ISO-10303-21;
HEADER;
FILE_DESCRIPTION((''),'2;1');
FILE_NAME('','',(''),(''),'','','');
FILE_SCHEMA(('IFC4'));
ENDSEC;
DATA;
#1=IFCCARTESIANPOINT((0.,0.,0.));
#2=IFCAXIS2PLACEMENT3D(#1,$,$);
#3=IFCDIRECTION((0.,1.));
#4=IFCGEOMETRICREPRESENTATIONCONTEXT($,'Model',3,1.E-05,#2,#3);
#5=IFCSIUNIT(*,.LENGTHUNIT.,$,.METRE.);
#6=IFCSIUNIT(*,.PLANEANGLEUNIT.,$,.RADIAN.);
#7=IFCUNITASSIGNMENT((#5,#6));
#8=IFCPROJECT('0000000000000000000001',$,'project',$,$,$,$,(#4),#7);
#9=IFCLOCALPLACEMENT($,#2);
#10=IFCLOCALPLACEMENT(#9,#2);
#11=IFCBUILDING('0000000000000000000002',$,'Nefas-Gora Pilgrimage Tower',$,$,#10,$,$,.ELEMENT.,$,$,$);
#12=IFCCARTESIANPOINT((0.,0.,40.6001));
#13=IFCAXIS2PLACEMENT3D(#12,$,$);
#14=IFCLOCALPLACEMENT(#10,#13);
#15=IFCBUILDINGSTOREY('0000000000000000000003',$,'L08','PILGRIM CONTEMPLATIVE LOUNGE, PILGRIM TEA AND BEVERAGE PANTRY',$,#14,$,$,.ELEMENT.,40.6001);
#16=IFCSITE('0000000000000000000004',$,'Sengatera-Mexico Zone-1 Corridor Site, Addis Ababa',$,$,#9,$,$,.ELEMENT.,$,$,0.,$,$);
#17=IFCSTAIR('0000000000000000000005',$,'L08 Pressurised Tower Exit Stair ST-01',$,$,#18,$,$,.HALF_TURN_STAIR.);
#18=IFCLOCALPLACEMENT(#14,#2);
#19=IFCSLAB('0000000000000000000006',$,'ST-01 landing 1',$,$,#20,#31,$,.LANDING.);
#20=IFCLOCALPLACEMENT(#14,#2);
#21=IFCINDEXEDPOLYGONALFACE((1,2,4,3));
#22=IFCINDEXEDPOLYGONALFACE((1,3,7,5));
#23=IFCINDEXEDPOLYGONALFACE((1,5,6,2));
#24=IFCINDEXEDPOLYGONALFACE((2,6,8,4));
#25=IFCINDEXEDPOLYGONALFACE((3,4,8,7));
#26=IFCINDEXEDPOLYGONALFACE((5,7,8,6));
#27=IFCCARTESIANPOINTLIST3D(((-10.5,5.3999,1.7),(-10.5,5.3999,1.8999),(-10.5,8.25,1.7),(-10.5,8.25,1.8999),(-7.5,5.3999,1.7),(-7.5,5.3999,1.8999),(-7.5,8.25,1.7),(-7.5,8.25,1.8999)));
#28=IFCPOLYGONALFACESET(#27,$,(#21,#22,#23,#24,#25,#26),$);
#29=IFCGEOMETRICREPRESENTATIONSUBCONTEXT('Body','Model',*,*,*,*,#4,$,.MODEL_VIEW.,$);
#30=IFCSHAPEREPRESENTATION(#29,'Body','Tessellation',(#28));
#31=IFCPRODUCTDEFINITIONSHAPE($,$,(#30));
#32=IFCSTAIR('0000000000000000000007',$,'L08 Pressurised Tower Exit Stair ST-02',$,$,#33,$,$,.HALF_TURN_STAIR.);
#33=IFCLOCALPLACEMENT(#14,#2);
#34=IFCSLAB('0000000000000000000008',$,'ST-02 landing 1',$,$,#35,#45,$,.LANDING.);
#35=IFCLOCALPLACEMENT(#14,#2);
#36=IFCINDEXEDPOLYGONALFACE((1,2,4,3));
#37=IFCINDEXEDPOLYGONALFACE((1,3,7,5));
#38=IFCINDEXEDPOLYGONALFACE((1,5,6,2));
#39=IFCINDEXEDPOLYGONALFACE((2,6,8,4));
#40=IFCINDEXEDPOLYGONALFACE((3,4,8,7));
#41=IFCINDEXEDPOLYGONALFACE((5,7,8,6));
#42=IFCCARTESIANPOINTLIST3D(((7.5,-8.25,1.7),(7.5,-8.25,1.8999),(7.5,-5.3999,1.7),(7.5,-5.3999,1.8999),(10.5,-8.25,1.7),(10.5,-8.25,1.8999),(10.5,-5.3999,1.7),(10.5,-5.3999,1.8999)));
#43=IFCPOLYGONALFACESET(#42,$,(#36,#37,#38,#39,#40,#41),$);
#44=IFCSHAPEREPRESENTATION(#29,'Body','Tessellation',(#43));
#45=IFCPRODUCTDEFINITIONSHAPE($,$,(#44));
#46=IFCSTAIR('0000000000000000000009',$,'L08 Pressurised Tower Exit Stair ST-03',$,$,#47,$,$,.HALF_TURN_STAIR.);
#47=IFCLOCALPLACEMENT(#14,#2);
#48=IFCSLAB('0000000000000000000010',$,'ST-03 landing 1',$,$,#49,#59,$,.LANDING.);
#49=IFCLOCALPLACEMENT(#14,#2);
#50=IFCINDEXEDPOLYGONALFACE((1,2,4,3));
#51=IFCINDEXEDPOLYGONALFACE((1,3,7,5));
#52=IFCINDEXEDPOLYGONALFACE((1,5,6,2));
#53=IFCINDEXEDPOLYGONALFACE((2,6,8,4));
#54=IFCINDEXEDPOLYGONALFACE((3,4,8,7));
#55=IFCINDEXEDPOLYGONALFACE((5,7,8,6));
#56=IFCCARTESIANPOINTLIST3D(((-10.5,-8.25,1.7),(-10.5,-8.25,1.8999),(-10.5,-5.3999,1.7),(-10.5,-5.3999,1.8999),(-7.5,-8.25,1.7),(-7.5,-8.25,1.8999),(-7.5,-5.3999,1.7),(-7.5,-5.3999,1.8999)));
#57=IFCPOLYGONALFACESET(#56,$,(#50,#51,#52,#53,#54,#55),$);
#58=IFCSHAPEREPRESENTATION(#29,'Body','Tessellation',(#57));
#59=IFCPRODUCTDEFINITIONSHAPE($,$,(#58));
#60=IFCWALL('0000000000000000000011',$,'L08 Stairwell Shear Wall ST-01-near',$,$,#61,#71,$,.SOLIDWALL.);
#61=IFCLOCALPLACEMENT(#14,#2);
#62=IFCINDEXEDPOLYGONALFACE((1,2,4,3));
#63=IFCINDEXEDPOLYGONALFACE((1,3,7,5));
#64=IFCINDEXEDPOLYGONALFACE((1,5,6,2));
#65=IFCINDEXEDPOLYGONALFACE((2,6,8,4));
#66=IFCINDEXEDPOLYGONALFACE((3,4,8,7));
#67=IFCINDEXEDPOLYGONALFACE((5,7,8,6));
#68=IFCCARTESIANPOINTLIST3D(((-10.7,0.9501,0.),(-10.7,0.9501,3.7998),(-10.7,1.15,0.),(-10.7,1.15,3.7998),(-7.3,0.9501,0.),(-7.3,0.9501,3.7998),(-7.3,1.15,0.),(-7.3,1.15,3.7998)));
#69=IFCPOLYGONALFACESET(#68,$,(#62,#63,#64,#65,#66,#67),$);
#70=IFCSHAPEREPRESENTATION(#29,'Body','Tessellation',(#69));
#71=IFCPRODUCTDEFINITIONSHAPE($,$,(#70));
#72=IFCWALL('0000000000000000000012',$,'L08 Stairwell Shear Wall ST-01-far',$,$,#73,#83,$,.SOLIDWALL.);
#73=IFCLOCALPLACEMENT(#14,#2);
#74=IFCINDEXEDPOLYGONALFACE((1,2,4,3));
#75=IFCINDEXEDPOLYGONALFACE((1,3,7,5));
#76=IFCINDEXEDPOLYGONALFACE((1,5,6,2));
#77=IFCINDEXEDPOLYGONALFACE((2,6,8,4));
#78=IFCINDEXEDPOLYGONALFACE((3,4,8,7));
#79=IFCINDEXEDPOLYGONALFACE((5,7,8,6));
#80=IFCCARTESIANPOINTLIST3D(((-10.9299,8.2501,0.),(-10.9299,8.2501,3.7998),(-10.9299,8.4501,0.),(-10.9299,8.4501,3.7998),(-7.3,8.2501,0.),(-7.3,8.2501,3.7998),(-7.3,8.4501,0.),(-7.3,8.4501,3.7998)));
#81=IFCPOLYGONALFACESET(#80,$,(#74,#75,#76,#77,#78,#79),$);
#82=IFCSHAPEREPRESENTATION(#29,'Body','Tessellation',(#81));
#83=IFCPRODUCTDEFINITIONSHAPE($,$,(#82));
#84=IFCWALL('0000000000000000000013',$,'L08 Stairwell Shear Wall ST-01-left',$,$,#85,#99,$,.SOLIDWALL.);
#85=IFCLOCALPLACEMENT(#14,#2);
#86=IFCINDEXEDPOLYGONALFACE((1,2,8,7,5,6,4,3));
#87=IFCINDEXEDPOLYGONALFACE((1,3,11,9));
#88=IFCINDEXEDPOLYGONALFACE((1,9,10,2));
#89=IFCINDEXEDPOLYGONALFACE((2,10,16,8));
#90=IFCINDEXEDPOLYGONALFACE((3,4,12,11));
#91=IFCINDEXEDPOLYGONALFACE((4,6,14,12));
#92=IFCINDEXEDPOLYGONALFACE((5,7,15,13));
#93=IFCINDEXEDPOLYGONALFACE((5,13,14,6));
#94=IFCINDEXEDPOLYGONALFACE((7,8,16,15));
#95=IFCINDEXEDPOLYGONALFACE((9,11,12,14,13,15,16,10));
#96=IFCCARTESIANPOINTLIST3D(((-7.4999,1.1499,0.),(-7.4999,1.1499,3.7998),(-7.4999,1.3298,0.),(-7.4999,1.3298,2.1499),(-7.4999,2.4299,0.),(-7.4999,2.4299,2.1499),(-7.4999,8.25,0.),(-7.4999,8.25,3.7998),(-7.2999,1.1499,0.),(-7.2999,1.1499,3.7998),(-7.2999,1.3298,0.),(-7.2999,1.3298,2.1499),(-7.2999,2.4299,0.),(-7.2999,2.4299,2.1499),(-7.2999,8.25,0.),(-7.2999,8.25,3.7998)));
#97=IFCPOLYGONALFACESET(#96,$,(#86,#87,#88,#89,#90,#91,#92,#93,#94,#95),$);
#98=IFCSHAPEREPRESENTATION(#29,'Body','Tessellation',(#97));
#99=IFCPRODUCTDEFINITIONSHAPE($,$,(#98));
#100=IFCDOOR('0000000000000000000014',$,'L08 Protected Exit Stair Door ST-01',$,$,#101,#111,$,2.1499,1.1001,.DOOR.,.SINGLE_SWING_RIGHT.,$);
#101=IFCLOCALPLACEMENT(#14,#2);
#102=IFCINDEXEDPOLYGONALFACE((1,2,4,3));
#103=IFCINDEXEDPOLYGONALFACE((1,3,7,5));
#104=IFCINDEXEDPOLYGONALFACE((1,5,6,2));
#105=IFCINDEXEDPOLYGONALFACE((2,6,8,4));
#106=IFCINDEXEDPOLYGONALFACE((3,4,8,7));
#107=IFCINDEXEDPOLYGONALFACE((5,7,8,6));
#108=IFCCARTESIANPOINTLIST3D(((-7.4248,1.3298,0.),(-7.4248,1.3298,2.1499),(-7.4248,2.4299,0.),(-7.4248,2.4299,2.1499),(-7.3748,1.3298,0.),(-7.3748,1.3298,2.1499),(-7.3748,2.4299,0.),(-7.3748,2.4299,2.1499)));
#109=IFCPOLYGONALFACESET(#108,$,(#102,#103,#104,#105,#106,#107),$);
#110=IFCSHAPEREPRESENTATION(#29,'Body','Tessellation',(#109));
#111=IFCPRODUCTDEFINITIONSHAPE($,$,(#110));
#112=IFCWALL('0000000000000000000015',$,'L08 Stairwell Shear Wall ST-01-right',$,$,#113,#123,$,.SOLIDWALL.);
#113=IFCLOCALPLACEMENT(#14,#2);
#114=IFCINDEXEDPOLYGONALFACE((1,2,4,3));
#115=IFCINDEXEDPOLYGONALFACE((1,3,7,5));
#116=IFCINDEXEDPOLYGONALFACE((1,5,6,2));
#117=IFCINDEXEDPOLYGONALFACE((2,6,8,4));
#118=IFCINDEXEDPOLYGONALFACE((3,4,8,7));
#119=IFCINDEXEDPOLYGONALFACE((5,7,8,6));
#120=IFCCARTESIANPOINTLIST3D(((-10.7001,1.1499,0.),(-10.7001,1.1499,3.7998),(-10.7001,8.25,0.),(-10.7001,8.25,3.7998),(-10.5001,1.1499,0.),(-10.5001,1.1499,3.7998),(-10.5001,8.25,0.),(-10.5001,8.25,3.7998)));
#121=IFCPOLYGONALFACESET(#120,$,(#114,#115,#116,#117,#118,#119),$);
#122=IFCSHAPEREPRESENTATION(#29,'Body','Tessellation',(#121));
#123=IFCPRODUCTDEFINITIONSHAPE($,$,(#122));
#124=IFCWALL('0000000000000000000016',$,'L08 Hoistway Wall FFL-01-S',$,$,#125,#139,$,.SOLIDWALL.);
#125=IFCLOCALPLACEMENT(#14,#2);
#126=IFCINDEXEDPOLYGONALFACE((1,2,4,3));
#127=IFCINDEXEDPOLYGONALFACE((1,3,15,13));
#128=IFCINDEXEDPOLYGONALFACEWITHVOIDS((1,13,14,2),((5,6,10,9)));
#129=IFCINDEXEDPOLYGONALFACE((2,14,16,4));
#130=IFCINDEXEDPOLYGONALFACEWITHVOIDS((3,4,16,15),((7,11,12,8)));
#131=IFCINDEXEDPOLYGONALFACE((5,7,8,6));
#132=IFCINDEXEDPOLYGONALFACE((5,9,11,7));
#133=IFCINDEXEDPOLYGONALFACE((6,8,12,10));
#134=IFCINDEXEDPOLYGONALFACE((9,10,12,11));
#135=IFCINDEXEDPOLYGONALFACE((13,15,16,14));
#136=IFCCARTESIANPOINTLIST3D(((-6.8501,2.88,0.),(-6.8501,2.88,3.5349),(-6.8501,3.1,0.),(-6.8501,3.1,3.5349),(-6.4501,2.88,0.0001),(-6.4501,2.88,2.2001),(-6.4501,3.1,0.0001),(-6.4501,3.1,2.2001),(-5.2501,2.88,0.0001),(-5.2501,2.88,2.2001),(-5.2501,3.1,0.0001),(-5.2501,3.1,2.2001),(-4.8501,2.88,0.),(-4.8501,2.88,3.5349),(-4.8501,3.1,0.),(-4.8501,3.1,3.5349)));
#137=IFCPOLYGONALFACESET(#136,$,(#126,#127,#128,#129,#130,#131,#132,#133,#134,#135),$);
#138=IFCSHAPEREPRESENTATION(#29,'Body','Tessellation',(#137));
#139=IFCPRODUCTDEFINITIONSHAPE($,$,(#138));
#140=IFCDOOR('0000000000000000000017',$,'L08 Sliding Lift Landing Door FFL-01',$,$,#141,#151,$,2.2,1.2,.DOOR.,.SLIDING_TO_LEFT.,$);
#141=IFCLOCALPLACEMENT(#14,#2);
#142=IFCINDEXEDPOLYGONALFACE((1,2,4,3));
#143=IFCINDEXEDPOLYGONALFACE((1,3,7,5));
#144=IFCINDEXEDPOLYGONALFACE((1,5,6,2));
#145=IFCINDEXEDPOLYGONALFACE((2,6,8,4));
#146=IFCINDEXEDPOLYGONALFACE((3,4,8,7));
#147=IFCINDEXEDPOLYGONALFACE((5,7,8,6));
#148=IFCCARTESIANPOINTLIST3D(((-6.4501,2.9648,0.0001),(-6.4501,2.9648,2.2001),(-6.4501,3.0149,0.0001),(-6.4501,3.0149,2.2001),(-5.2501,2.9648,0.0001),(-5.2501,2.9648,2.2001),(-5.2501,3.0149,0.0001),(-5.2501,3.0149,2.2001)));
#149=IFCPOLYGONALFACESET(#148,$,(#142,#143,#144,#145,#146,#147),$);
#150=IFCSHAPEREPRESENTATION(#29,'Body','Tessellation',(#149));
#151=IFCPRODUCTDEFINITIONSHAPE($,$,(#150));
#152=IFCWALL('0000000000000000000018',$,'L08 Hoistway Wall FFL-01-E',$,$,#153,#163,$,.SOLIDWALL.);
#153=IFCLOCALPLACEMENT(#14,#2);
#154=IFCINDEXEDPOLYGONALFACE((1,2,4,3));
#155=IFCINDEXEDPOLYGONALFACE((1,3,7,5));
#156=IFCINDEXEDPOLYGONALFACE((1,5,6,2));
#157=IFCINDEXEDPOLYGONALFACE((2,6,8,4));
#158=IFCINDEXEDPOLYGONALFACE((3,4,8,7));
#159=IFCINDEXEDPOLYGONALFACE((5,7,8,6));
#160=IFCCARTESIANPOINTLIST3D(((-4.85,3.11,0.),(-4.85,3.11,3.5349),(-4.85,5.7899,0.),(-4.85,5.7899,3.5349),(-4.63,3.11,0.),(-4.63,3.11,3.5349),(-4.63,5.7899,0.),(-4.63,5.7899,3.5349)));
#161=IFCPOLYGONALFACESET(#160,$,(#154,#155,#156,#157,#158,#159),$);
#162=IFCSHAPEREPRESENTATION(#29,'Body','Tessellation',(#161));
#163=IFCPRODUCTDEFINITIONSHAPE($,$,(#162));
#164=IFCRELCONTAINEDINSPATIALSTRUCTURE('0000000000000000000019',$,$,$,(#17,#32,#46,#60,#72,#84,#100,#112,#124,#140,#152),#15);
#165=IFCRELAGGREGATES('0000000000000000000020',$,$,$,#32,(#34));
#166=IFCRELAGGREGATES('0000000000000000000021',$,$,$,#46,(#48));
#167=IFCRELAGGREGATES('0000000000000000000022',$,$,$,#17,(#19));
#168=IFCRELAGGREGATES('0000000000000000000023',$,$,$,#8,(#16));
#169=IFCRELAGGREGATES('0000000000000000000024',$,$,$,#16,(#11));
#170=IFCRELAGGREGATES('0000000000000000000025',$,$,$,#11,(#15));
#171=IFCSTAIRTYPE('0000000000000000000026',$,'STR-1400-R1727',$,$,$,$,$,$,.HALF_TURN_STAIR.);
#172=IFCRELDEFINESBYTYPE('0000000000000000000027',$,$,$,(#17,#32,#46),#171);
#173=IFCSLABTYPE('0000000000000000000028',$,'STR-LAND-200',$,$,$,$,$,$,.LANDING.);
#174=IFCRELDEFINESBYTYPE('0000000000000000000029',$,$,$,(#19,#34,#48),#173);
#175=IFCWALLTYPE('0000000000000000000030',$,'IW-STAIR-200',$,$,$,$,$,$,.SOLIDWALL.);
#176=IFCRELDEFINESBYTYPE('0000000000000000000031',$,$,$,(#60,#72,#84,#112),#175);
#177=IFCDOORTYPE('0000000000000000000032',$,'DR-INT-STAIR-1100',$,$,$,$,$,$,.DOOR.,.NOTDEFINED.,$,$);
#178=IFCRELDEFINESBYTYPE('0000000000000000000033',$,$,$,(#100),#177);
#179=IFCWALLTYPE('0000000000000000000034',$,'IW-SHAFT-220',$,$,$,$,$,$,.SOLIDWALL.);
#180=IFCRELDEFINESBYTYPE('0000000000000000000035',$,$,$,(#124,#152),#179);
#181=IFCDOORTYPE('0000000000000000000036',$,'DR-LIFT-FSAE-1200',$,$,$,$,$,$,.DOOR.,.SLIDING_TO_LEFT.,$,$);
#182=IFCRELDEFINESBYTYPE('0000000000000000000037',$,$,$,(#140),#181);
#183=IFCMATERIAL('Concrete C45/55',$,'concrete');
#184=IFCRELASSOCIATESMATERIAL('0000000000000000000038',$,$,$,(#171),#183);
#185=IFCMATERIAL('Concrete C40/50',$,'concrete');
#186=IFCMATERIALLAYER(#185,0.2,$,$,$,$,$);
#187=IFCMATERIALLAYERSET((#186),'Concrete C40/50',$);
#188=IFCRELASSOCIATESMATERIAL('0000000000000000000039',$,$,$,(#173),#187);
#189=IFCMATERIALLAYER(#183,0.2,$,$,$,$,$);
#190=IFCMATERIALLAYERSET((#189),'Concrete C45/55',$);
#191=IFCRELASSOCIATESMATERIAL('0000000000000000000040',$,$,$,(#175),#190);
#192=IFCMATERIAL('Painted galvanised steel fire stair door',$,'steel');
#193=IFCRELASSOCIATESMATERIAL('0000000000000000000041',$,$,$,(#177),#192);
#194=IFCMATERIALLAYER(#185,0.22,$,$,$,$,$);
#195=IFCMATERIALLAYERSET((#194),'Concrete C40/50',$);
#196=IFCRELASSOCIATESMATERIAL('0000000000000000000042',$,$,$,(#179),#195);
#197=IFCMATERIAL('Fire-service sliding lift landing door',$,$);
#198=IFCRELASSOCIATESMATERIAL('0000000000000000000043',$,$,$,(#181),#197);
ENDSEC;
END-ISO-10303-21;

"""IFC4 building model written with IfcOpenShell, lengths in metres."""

from ifc_helpers import new_model, si_unit, direction, frame, frame_2d, origin, place, context, subcontext, project, spatial, polyline, rectangle, outline, extrude, source, transform, mapped, material, layer, layer_set, type_object, element, fill, aggregate, save


model = new_model("IFC4")

# Units and contexts
model_context = context("Model", 3, precision=1e-05, world=origin(), true_north=direction((0.0, 1.0)))
body_context = subcontext(model_context, "Body", "Model", "MODEL_VIEW")
ifc_project = project(units=[si_unit("LENGTHUNIT", "METRE"), si_unit("PLANEANGLEUNIT", "RADIAN")], contexts=[model_context])

# Site, building, storey
site_placement = place(None, origin())
site = spatial("IfcSite", under=ifc_project, at=site_placement, Name="Sengatera-Mexico Zone-1 Corridor Site, Addis Ababa", CompositionType="ELEMENT", RefElevation=0.0)
building_placement = place(site_placement, origin())
building = spatial("IfcBuilding", under=site, at=building_placement, Name="Nefas-Gora Pilgrimage Tower", CompositionType="ELEMENT")
storey_placement = place(building_placement, frame((0.0, 0.0, 40.6001)))
storey = spatial("IfcBuildingStorey", under=building, at=storey_placement, Name="L08", Description="PILGRIM CONTEMPLATIVE LOUNGE, PILGRIM TEA AND BEVERAGE PANTRY", CompositionType="ELEMENT", Elevation=40.6001)

# Shared definitions
ifc_material_1 = material(Name="Concrete C40/50", Category="concrete")

# Stairs, slabs
ifc_material_2 = material(Name="Concrete C45/55", Category="concrete")
stair_type = type_object("IfcStairType", Name="STR-1400-R1727", PredefinedType="HALF_TURN_STAIR", material=ifc_material_2)
stair_1_placement = place(storey_placement, origin())
stair_1 = element("IfcStair", 1, at=stair_1_placement, inside=storey, type_object=stair_type, Name="L08 Pressurised Tower Exit Stair ST-01", PredefinedType="HALF_TURN_STAIR")
ifc_layer_1 = layer(ifc_material_1, 0.2)
ifc_layer_set_1 = layer_set([ifc_layer_1], Name="Concrete C40/50")
slab_type_1 = type_object("IfcSlabType", Name="STR-LAND-200", PredefinedType="LANDING", material=ifc_layer_set_1)
slab_1_placement = place(storey_placement, frame((0.0, 0.0, 1.7)))
slab_1 = element("IfcSlab", 2, at=slab_1_placement, type_object=slab_type_1, Name="ST-01 landing 1", PredefinedType="LANDING", context=body_context, shape_type="SweptSolid", body=[
    extrude(outline(polyline([(-7.5, 5.3999), (-7.5, 8.25), (-10.5, 8.25), (-10.5, 5.3999), (-7.5, 5.3999)])), origin(), (0.0, 0.0, 1.0), 0.2),
])
stair_2_placement = place(storey_placement, origin())
stair_2 = element("IfcStair", 3, at=stair_2_placement, inside=storey, type_object=stair_type, Name="L08 Pressurised Tower Exit Stair ST-02", PredefinedType="HALF_TURN_STAIR")
slab_2_placement = place(storey_placement, frame((0.0, 0.0, 1.7)))
slab_2 = element("IfcSlab", 4, at=slab_2_placement, type_object=slab_type_1, Name="ST-02 landing 1", PredefinedType="LANDING", context=body_context, shape_type="SweptSolid", body=[
    extrude(outline(polyline([(7.5, -5.3999), (7.5, -8.25), (10.5, -8.25), (10.5, -5.3999), (7.5, -5.3999)])), origin(), (0.0, 0.0, 1.0), 0.2),
])
aggregate(stair_2, [slab_2])
stair_3_placement = place(storey_placement, origin())
stair_3 = element("IfcStair", 5, at=stair_3_placement, inside=storey, type_object=stair_type, Name="L08 Pressurised Tower Exit Stair ST-03", PredefinedType="HALF_TURN_STAIR")
slab_3_placement = place(storey_placement, frame((0.0, 0.0, 1.7)))
slab_3 = element("IfcSlab", 6, at=slab_3_placement, type_object=slab_type_1, Name="ST-03 landing 1", PredefinedType="LANDING", context=body_context, shape_type="SweptSolid", body=[
    extrude(outline(polyline([(-10.5, -5.3999), (-10.5, -8.25), (-7.5, -8.25), (-7.5, -5.3999), (-10.5, -5.3999)])), origin(), (0.0, 0.0, 1.0), 0.2),
])
aggregate(stair_3, [slab_3])

# Walls
ifc_layer_2 = layer(ifc_material_2, 0.2)
ifc_layer_set_2 = layer_set([ifc_layer_2], Name="Concrete C45/55")
wall_type_1 = type_object("IfcWallType", Name="IW-STAIR-200", PredefinedType="SOLIDWALL", material=ifc_layer_set_2)
shared_shape_1 = source(origin(), body_context, "Body", "SweptSolid", [
    extrude(rectangle(XDim=3.3999, YDim=0.2, at=frame_2d((1.7, 0.0))), origin(), (0.0, 0.0, 1.0), 3.7998),
])
wall_1_placement = place(storey_placement, frame((-7.3, 1.05, 0.0), z_axis=(0.0, 0.0, 1.0), x_axis=(-1.0, 0.0, 0.0)))
element("IfcWall", 7, at=wall_1_placement, inside=storey, type_object=wall_type_1, Name="L08 Stairwell Shear Wall ST-01-near", PredefinedType="SOLIDWALL", context=body_context, shape_type="MappedRepresentation", body=[
    mapped(shared_shape_1, transform((0.0, 0.0, 0.0), x_axis=(1.0, 0.0, 0.0), y_axis=(0.0, 1.0, 0.0), z_axis=(0.0, 0.0, 1.0), scale=1.0)),
])
shared_shape_2 = source(origin(), body_context, "Body", "SweptSolid", [
    extrude(rectangle(XDim=3.6299, YDim=0.2, at=frame_2d((1.8149, 0.0))), origin(), (0.0, 0.0, 1.0), 3.7998),
])
wall_2_placement = place(storey_placement, frame((-7.3, 8.3501, 0.0), z_axis=(0.0, 0.0, 1.0), x_axis=(-1.0, 0.0, 0.0)))
element("IfcWall", 8, at=wall_2_placement, inside=storey, type_object=wall_type_1, Name="L08 Stairwell Shear Wall ST-01-far", PredefinedType="SOLIDWALL", context=body_context, shape_type="MappedRepresentation", body=[
    mapped(shared_shape_2, transform((0.0, 0.0, 0.0), x_axis=(1.0, 0.0, 0.0), y_axis=(0.0, 1.0, 0.0), z_axis=(0.0, 0.0, 1.0), scale=1.0)),
])

# Wall, opening, door
shared_shape_3 = source(origin(), body_context, "Body", "SweptSolid", [
    extrude(rectangle(XDim=7.1001, YDim=0.2, at=frame_2d((3.55, 0.0))), origin(), (0.0, 0.0, 1.0), 3.7998),
])
wall_3_placement = place(storey_placement, frame((-7.3999, 1.1499, 0.0), z_axis=(0.0, 0.0, 1.0), x_axis=(0.0, 1.0, 0.0)))
wall_3 = element("IfcWall", 9, at=wall_3_placement, inside=storey, type_object=wall_type_1, Name="L08 Stairwell Shear Wall ST-01-left", PredefinedType="SOLIDWALL", context=body_context, shape_type="MappedRepresentation", body=[
    mapped(shared_shape_3, transform((0.0, 0.0, 0.0), x_axis=(1.0, 0.0, 0.0), y_axis=(0.0, 1.0, 0.0), z_axis=(0.0, 0.0, 1.0), scale=1.0)),
])
opening_1_placement = place(wall_3_placement, frame((0.1799, 0.0, 0.0)))
opening_1 = element("IfcOpeningElement", 10, at=opening_1_placement, cuts=wall_3, PredefinedType="OPENING", context=body_context, shape_type="SweptSolid", body=[
    extrude(rectangle(XDim=1.1001, YDim=2.1499, at=frame_2d((0.55, 1.075))), frame((0.0, 0.1099, 0.0), z_axis=(0.0, -1.0, 0.0), x_axis=(1.0, 0.0, 0.0)), (0.0, 0.0, 1.0), 0.22),
])
ifc_material_3 = material(Name="Painted galvanised steel fire stair door", Category="steel")
door_type_1 = type_object("IfcDoorType", Name="DR-INT-STAIR-1100", OperationType="NOTDEFINED", PredefinedType="DOOR", material=ifc_material_3)
shared_shape_4 = source(origin(), body_context, "Body", "SweptSolid", [
    extrude(rectangle(XDim=1.1001, YDim=2.1499, at=frame_2d((0.55, 1.075))), frame((0.0, 0.0249, 0.0), z_axis=(0.0, -1.0, 0.0), x_axis=(1.0, 0.0, 0.0)), (0.0, 0.0, 1.0), 0.05),
])
door_1_placement = place(opening_1_placement, origin())
door_1 = element("IfcDoor", 11, at=door_1_placement, inside=storey, type_object=door_type_1, Name="L08 Protected Exit Stair Door ST-01", OperationType="SINGLE_SWING_RIGHT", OverallHeight=2.1499, OverallWidth=1.1001, PredefinedType="DOOR", context=body_context, shape_type="MappedRepresentation", body=[
    mapped(shared_shape_4, transform((0.0, 0.0, 0.0), x_axis=(1.0, 0.0, 0.0), y_axis=(0.0, 1.0, 0.0), z_axis=(0.0, 0.0, 1.0), scale=1.0)),
])
fill(opening_1, door_1)

# Wall
wall_4_placement = place(storey_placement, frame((-10.6001, 1.1499, 0.0), z_axis=(0.0, 0.0, 1.0), x_axis=(0.0, 1.0, 0.0)))
element("IfcWall", 12, at=wall_4_placement, inside=storey, type_object=wall_type_1, Name="L08 Stairwell Shear Wall ST-01-right", PredefinedType="SOLIDWALL", context=body_context, shape_type="MappedRepresentation", body=[
    mapped(shared_shape_3, transform((0.0, 0.0, 0.0), x_axis=(1.0, 0.0, 0.0), y_axis=(0.0, 1.0, 0.0), z_axis=(0.0, 0.0, 1.0), scale=1.0)),
])

# Wall, opening, door
ifc_layer_3 = layer(ifc_material_1, 0.22)
ifc_layer_set_3 = layer_set([ifc_layer_3], Name="Concrete C40/50")
wall_type_2 = type_object("IfcWallType", Name="IW-SHAFT-220", PredefinedType="SOLIDWALL", material=ifc_layer_set_3)
shared_shape_5 = source(origin(), body_context, "Body", "SweptSolid", [
    extrude(rectangle(XDim=2.0, YDim=0.22, at=frame_2d((1.0, 0.0))), origin(), (0.0, 0.0, 1.0), 3.5349),
])
wall_5_placement = place(storey_placement, frame((-6.8501, 2.99, 0.0), z_axis=(0.0, 0.0, 1.0), x_axis=(1.0, 0.0, 0.0)))
wall_5 = element("IfcWall", 13, at=wall_5_placement, inside=storey, type_object=wall_type_2, Name="L08 Hoistway Wall FFL-01-S", PredefinedType="SOLIDWALL", context=body_context, shape_type="MappedRepresentation", body=[
    mapped(shared_shape_5, transform((0.0, 0.0, 0.0), x_axis=(1.0, 0.0, 0.0), y_axis=(0.0, 1.0, 0.0), z_axis=(0.0, 0.0, 1.0), scale=1.0)),
])
opening_2_placement = place(wall_5_placement, frame((0.3999, 0.0, 0.0)))
opening_2 = element("IfcOpeningElement", 14, at=opening_2_placement, cuts=wall_5, PredefinedType="OPENING", context=body_context, shape_type="SweptSolid", body=[
    extrude(rectangle(XDim=1.2, YDim=2.2, at=frame_2d((0.6001, 1.1001))), frame((0.0, 0.1199, 0.0), z_axis=(0.0, -1.0, 0.0), x_axis=(1.0, 0.0, 0.0)), (0.0, 0.0, 1.0), 0.24),
])
ifc_material_4 = material(Name="Fire-service sliding lift landing door")
door_type_2 = type_object("IfcDoorType", Name="DR-LIFT-FSAE-1200", OperationType="SLIDING_TO_LEFT", PredefinedType="DOOR", material=ifc_material_4)
shared_shape_6 = source(origin(), body_context, "Body", "SweptSolid", [
    extrude(rectangle(XDim=1.2, YDim=2.2, at=frame_2d((0.6001, 1.1001))), frame((0.0, 0.0249, 0.0), z_axis=(0.0, -1.0, 0.0), x_axis=(1.0, 0.0, 0.0)), (0.0, 0.0, 1.0), 0.05),
])
door_2_placement = place(opening_2_placement, origin())
door_2 = element("IfcDoor", 15, at=door_2_placement, inside=storey, type_object=door_type_2, Name="L08 Sliding Lift Landing Door FFL-01", OperationType="SLIDING_TO_LEFT", OverallHeight=2.2, OverallWidth=1.2, PredefinedType="DOOR", context=body_context, shape_type="MappedRepresentation", body=[
    mapped(shared_shape_6, transform((0.0, 0.0, 0.0), x_axis=(1.0, 0.0, 0.0), y_axis=(0.0, 1.0, 0.0), z_axis=(0.0, 0.0, 1.0), scale=1.0)),
])
fill(opening_2, door_2)

# Wall
shared_shape_7 = source(origin(), body_context, "Body", "SweptSolid", [
    extrude(rectangle(XDim=2.6799, YDim=0.22, at=frame_2d((1.3398, 0.0))), origin(), (0.0, 0.0, 1.0), 3.5349),
])
wall_6_placement = place(storey_placement, frame((-4.74, 3.1101, 0.0), z_axis=(0.0, 0.0, 1.0), x_axis=(0.0, 1.0, 0.0)))
element("IfcWall", 16, at=wall_6_placement, inside=storey, type_object=wall_type_2, Name="L08 Hoistway Wall FFL-01-E", PredefinedType="SOLIDWALL", context=body_context, shape_type="MappedRepresentation", body=[
    mapped(shared_shape_7, transform((0.0, 0.0, 0.0), x_axis=(1.0, 0.0, 0.0), y_axis=(0.0, 1.0, 0.0), z_axis=(0.0, 0.0, 1.0), scale=1.0)),
])

aggregate(stair_1, [slab_1])

save(model, "model.ifc")
